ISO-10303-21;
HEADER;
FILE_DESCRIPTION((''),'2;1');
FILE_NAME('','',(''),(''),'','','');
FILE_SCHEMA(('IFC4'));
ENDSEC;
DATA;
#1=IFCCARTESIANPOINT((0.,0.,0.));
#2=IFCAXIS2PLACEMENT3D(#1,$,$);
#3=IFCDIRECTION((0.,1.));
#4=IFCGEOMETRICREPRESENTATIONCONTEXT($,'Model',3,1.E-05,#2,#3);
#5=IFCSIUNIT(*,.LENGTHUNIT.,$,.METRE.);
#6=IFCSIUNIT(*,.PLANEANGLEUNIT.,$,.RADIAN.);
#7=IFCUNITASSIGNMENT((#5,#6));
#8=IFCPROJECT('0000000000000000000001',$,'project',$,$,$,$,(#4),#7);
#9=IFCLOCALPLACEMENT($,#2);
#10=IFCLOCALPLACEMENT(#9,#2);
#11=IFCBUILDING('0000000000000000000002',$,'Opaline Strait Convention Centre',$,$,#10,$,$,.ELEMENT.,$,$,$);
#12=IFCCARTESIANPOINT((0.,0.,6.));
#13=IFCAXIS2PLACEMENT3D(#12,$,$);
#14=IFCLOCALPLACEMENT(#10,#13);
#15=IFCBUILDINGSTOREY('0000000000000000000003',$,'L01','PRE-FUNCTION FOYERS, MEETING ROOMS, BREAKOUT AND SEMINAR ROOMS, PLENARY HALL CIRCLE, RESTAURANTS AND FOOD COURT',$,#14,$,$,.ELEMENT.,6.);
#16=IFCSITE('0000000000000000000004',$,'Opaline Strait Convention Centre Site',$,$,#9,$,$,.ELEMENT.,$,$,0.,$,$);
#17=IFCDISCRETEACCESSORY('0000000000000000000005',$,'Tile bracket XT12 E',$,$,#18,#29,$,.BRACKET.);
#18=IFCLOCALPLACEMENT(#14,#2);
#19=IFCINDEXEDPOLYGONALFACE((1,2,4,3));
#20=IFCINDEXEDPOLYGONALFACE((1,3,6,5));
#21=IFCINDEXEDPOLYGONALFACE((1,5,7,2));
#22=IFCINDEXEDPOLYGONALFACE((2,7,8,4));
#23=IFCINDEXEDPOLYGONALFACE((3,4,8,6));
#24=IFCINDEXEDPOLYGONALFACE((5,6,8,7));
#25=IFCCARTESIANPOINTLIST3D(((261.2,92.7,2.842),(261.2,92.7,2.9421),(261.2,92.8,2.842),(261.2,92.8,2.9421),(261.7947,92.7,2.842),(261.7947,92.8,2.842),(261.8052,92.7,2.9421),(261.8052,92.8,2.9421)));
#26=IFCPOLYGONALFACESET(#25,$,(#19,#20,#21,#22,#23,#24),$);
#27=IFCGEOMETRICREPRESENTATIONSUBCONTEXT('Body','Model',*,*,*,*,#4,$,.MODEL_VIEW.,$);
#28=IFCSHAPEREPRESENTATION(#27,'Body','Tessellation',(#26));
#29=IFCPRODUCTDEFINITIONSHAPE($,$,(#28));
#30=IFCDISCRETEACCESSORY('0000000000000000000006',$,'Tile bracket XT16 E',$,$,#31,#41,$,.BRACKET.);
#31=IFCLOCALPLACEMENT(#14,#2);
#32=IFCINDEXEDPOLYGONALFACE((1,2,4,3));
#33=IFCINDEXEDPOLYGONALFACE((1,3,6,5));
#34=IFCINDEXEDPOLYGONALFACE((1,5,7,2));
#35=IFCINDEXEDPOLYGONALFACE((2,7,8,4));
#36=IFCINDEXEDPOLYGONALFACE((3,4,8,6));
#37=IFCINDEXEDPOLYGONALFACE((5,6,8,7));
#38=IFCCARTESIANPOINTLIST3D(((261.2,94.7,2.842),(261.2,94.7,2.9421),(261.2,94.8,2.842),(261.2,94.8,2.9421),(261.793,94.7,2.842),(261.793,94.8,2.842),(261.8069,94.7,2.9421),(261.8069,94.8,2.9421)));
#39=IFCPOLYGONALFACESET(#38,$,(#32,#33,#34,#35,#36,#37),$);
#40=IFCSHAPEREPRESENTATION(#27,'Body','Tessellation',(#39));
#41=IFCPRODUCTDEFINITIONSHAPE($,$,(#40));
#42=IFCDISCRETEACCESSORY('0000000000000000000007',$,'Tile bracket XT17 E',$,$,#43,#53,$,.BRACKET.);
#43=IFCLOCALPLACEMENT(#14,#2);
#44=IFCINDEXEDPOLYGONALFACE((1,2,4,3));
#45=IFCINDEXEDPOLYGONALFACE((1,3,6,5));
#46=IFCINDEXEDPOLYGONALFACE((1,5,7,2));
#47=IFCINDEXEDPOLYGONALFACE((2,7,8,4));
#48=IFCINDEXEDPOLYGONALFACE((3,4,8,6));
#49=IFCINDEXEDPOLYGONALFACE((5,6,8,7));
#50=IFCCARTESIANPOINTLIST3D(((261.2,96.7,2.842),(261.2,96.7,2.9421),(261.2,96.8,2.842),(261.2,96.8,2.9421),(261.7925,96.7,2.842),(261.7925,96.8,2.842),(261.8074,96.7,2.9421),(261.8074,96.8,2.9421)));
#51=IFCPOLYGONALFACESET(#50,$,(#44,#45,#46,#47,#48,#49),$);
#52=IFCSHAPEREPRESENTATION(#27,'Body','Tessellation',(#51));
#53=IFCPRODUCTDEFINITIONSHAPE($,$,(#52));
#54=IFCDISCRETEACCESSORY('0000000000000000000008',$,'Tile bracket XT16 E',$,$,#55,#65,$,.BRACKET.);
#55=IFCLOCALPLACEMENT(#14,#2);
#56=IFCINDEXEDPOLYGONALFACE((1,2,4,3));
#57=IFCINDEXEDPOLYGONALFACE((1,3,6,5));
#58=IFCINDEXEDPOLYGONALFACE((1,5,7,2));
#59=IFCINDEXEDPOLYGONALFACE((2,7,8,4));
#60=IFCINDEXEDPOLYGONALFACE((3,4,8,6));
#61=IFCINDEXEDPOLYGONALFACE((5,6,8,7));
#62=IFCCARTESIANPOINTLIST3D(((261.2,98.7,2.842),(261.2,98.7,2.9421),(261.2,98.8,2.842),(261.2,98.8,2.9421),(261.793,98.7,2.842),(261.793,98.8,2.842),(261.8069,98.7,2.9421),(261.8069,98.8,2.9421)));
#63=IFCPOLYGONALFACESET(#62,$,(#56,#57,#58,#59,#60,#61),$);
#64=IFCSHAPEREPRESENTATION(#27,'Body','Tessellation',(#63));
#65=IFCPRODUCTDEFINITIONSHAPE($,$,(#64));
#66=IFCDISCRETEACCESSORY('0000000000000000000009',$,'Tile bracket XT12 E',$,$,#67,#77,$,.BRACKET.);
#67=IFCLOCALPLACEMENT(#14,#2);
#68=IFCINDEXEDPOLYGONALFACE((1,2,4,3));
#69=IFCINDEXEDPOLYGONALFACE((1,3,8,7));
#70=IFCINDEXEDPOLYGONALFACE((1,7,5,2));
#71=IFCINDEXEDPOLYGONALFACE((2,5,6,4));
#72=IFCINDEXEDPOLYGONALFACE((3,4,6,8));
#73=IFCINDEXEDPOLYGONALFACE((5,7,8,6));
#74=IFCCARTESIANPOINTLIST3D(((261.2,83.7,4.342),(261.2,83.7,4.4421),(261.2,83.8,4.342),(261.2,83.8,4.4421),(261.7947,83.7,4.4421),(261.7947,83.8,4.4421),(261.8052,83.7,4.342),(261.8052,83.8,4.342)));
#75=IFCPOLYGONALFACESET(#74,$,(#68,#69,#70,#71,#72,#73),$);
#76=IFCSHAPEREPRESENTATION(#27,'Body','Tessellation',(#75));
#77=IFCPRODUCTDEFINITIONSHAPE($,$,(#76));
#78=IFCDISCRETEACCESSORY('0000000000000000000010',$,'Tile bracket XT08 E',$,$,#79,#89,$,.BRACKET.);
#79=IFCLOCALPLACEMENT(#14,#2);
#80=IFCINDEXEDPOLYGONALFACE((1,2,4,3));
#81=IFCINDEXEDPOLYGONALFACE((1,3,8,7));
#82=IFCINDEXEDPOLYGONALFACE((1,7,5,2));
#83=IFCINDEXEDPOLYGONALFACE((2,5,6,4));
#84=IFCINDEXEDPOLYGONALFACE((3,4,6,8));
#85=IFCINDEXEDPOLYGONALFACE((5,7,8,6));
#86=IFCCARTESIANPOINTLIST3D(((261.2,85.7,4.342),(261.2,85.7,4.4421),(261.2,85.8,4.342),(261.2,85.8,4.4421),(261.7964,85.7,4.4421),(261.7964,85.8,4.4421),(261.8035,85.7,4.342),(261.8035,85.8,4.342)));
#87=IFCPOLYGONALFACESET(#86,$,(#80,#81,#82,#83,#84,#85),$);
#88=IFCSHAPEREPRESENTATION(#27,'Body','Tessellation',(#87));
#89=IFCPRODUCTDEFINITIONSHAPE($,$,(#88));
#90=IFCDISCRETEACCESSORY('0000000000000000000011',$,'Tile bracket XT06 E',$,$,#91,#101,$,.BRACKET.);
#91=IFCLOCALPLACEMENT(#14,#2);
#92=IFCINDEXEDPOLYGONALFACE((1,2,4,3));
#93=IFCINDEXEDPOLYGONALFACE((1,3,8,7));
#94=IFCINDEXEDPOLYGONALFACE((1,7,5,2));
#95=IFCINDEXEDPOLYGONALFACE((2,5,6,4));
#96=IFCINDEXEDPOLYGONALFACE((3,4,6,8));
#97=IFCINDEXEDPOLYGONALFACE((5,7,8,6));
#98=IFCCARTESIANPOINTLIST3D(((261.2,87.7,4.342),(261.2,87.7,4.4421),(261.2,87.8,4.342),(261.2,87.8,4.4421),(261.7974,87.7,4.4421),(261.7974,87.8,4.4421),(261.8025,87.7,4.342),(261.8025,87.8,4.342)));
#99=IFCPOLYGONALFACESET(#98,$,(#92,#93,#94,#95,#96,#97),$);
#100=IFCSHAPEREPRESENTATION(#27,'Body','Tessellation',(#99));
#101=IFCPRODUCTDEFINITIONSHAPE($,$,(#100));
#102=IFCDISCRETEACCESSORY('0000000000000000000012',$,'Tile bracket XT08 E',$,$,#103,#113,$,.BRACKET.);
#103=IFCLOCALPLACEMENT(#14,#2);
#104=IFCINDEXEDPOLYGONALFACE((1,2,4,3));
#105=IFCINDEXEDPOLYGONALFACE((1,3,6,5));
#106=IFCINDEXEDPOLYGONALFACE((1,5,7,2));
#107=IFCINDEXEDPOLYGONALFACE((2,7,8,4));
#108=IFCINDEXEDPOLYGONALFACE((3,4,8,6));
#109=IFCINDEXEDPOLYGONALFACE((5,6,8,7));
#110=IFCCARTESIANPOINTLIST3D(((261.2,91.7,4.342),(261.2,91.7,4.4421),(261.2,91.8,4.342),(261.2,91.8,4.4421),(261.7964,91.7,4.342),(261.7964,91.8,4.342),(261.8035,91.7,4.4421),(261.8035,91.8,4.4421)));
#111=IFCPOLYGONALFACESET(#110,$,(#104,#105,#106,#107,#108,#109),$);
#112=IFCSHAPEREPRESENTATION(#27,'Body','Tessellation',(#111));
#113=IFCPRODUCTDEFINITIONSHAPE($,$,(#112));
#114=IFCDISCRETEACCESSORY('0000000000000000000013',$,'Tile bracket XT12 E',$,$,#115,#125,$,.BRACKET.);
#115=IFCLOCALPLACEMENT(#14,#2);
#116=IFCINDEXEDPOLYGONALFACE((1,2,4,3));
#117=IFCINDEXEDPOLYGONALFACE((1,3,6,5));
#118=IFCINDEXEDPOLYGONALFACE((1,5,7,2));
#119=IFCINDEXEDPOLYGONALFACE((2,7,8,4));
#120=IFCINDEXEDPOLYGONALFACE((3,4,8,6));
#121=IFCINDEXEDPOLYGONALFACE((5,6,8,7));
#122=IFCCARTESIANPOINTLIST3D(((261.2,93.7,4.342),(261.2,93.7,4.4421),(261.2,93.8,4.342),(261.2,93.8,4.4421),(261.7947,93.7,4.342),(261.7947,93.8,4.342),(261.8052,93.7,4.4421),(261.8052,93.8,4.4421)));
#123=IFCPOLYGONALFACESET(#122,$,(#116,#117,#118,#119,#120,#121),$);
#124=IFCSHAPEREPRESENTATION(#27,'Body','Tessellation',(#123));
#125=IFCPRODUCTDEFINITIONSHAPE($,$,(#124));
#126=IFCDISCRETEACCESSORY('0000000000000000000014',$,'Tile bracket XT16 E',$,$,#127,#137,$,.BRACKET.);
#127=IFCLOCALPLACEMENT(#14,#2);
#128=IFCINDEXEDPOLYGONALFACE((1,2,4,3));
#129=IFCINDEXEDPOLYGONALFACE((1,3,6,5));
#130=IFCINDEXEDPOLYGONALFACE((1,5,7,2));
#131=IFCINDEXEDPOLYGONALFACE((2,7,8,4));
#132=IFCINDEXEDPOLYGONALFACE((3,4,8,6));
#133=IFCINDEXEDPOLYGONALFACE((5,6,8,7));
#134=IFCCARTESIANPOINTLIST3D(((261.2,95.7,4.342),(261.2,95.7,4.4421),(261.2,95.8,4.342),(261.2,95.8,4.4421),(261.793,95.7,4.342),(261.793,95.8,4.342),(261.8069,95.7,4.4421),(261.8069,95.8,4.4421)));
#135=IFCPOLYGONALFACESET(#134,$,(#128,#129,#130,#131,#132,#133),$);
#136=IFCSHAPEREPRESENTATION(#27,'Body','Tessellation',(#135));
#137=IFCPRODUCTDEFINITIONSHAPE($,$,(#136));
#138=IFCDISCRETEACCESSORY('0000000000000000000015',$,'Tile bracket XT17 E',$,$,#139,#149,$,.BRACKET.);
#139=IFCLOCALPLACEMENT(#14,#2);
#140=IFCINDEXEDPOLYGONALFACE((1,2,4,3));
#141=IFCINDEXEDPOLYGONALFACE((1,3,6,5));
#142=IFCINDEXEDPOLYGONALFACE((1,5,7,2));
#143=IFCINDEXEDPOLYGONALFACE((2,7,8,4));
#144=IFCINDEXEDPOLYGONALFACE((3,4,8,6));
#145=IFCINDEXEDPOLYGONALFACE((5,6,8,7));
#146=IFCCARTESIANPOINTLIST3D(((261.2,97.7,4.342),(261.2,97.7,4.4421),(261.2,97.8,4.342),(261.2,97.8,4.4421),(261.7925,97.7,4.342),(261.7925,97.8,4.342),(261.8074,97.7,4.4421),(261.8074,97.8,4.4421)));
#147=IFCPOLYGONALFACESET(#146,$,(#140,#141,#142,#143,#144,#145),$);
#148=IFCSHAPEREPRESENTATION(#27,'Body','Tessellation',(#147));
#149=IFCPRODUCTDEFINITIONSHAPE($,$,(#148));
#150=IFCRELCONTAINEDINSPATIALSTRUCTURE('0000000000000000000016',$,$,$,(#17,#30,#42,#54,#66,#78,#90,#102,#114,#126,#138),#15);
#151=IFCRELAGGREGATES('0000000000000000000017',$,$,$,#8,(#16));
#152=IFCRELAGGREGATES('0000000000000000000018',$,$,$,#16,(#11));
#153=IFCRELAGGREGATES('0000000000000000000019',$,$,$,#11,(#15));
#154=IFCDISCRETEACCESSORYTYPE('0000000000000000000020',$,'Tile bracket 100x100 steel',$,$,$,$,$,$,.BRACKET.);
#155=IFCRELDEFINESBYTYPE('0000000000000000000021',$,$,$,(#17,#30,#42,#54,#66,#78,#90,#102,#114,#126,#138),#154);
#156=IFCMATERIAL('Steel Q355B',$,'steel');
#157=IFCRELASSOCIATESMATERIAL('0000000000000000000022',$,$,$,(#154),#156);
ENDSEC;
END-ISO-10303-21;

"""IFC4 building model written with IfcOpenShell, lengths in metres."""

from ifc_helpers import new_model, si_unit, direction, frame, origin, place, context, subcontext, project, spatial, polyline, outline, extrude, material, type_object, element, save


model = new_model("IFC4")

# Units and contexts
model_context = context("Model", 3, precision=1e-05, world=origin(), true_north=direction((0.0, 1.0)))
body_context = subcontext(model_context, "Body", "Model", "MODEL_VIEW")
ifc_project = project(units=[si_unit("LENGTHUNIT", "METRE"), si_unit("PLANEANGLEUNIT", "RADIAN")], contexts=[model_context])

# Site, building, storey
site_placement = place(None, origin())
site = spatial("IfcSite", under=ifc_project, at=site_placement, Name="Opaline Strait Convention Centre Site", CompositionType="ELEMENT", RefElevation=0.0)
building_placement = place(site_placement, origin())
building = spatial("IfcBuilding", under=site, at=building_placement, Name="Opaline Strait Convention Centre", CompositionType="ELEMENT")
storey_placement = place(building_placement, frame((0.0, 0.0, 6.0)))
storey = spatial("IfcBuildingStorey", under=building, at=storey_placement, Name="L01", Description="PRE-FUNCTION FOYERS, MEETING ROOMS, BREAKOUT AND SEMINAR ROOMS, PLENARY HALL CIRCLE, RESTAURANTS AND FOOD COURT", CompositionType="ELEMENT", Elevation=6.0)

# Discrete accessories
ifc_material_1 = material(Name="Steel Q355B", Category="steel")
discrete_accessory_type = type_object("IfcDiscreteAccessoryType", Name="Tile bracket 100x100 steel", PredefinedType="BRACKET", material=ifc_material_1)
discrete_accessory_1_placement = place(storey_placement, frame((261.2, 92.7, 2.8921), z_axis=(0.0, 1.0, 0.0), x_axis=(-1.0, 0.0, 0.0)))
element("IfcDiscreteAccessory", 1, at=discrete_accessory_1_placement, inside=storey, type_object=discrete_accessory_type, Name="Tile bracket XT12 E", PredefinedType="BRACKET", context=body_context, shape_type="SweptSolid", body=[
    extrude(outline(polyline([(0.0, -0.05), (0.0, 0.05), (-0.6052, 0.05), (-0.5947, -0.05), (0.0, -0.05)])), origin(), (0.0, 0.0, 1.0), 0.1001),
])
discrete_accessory_2_placement = place(storey_placement, frame((261.2, 94.7, 2.8921), z_axis=(0.0, 1.0, 0.0), x_axis=(-1.0, 0.0, 0.0)))
element("IfcDiscreteAccessory", 2, at=discrete_accessory_2_placement, inside=storey, type_object=discrete_accessory_type, Name="Tile bracket XT16 E", PredefinedType="BRACKET", context=body_context, shape_type="SweptSolid", body=[
    extrude(outline(polyline([(0.0, -0.05), (0.0, 0.05), (-0.6069, 0.05), (-0.593, -0.05), (0.0, -0.05)])), origin(), (0.0, 0.0, 1.0), 0.1001),
])
discrete_accessory_3_placement = place(storey_placement, frame((261.2, 96.7, 2.8921), z_axis=(0.0, 1.0, 0.0), x_axis=(-1.0, 0.0, 0.0)))
element("IfcDiscreteAccessory", 3, at=discrete_accessory_3_placement, inside=storey, type_object=discrete_accessory_type, Name="Tile bracket XT17 E", PredefinedType="BRACKET", context=body_context, shape_type="SweptSolid", body=[
    extrude(outline(polyline([(0.0, -0.05), (0.0, 0.05), (-0.6074, 0.05), (-0.5925, -0.05), (0.0, -0.05)])), origin(), (0.0, 0.0, 1.0), 0.1001),
])
discrete_accessory_4_placement = place(storey_placement, frame((261.2, 98.7, 2.8921), z_axis=(0.0, 1.0, 0.0), x_axis=(-1.0, 0.0, 0.0)))
element("IfcDiscreteAccessory", 4, at=discrete_accessory_4_placement, inside=storey, type_object=discrete_accessory_type, Name="Tile bracket XT16 E", PredefinedType="BRACKET", context=body_context, shape_type="SweptSolid", body=[
    extrude(outline(polyline([(0.0, -0.05), (0.0, 0.05), (-0.6069, 0.05), (-0.593, -0.05), (0.0, -0.05)])), origin(), (0.0, 0.0, 1.0), 0.1001),
])
discrete_accessory_5_placement = place(storey_placement, frame((261.2, 83.7, 4.3921), z_axis=(0.0, 1.0, 0.0), x_axis=(-1.0, 0.0, 0.0)))
element("IfcDiscreteAccessory", 5, at=discrete_accessory_5_placement, inside=storey, type_object=discrete_accessory_type, Name="Tile bracket XT12 E", PredefinedType="BRACKET", context=body_context, shape_type="SweptSolid", body=[
    extrude(outline(polyline([(0.0, -0.05), (0.0, 0.05), (-0.5947, 0.05), (-0.6052, -0.05), (0.0, -0.05)])), origin(), (0.0, 0.0, 1.0), 0.1001),
])
discrete_accessory_6_placement = place(storey_placement, frame((261.2, 85.7, 4.3921), z_axis=(0.0, 1.0, 0.0), x_axis=(-1.0, 0.0, 0.0)))
element("IfcDiscreteAccessory", 6, at=discrete_accessory_6_placement, inside=storey, type_object=discrete_accessory_type, Name="Tile bracket XT08 E", PredefinedType="BRACKET", context=body_context, shape_type="SweptSolid", body=[
    extrude(outline(polyline([(0.0, -0.05), (0.0, 0.05), (-0.5964, 0.05), (-0.6035, -0.05), (0.0, -0.05)])), origin(), (0.0, 0.0, 1.0), 0.1001),
])
discrete_accessory_7_placement = place(storey_placement, frame((261.2, 87.7, 4.3921), z_axis=(0.0, 1.0, 0.0), x_axis=(-1.0, 0.0, 0.0)))
element("IfcDiscreteAccessory", 7, at=discrete_accessory_7_placement, inside=storey, type_object=discrete_accessory_type, Name="Tile bracket XT06 E", PredefinedType="BRACKET", context=body_context, shape_type="SweptSolid", body=[
    extrude(outline(polyline([(0.0, -0.05), (0.0, 0.05), (-0.5974, 0.05), (-0.6025, -0.05), (0.0, -0.05)])), origin(), (0.0, 0.0, 1.0), 0.1001),
])
discrete_accessory_8_placement = place(storey_placement, frame((261.2, 91.7, 4.3921), z_axis=(0.0, 1.0, 0.0), x_axis=(-1.0, 0.0, 0.0)))
element("IfcDiscreteAccessory", 8, at=discrete_accessory_8_placement, inside=storey, type_object=discrete_accessory_type, Name="Tile bracket XT08 E", PredefinedType="BRACKET", context=body_context, shape_type="SweptSolid", body=[
    extrude(outline(polyline([(0.0, -0.05), (0.0, 0.05), (-0.6035, 0.05), (-0.5964, -0.05), (0.0, -0.05)])), origin(), (0.0, 0.0, 1.0), 0.1001),
])
discrete_accessory_9_placement = place(storey_placement, frame((261.2, 93.7, 4.3921), z_axis=(0.0, 1.0, 0.0), x_axis=(-1.0, 0.0, 0.0)))
element("IfcDiscreteAccessory", 9, at=discrete_accessory_9_placement, inside=storey, type_object=discrete_accessory_type, Name="Tile bracket XT12 E", PredefinedType="BRACKET", context=body_context, shape_type="SweptSolid", body=[
    extrude(outline(polyline([(0.0, -0.05), (0.0, 0.05), (-0.6052, 0.05), (-0.5947, -0.05), (0.0, -0.05)])), origin(), (0.0, 0.0, 1.0), 0.1001),
])
discrete_accessory_10_placement = place(storey_placement, frame((261.2, 95.7, 4.3921), z_axis=(0.0, 1.0, 0.0), x_axis=(-1.0, 0.0, 0.0)))
element("IfcDiscreteAccessory", 10, at=discrete_accessory_10_placement, inside=storey, type_object=discrete_accessory_type, Name="Tile bracket XT16 E", PredefinedType="BRACKET", context=body_context, shape_type="SweptSolid", body=[
    extrude(outline(polyline([(0.0, -0.05), (0.0, 0.05), (-0.6069, 0.05), (-0.593, -0.05), (0.0, -0.05)])), origin(), (0.0, 0.0, 1.0), 0.1001),
])
discrete_accessory_11_placement = place(storey_placement, frame((261.2, 97.7, 4.3921), z_axis=(0.0, 1.0, 0.0), x_axis=(-1.0, 0.0, 0.0)))
element("IfcDiscreteAccessory", 11, at=discrete_accessory_11_placement, inside=storey, type_object=discrete_accessory_type, Name="Tile bracket XT17 E", PredefinedType="BRACKET", context=body_context, shape_type="SweptSolid", body=[
    extrude(outline(polyline([(0.0, -0.05), (0.0, 0.05), (-0.6074, 0.05), (-0.5925, -0.05), (0.0, -0.05)])), origin(), (0.0, 0.0, 1.0), 0.1001),
])

save(model, "model.ifc")
